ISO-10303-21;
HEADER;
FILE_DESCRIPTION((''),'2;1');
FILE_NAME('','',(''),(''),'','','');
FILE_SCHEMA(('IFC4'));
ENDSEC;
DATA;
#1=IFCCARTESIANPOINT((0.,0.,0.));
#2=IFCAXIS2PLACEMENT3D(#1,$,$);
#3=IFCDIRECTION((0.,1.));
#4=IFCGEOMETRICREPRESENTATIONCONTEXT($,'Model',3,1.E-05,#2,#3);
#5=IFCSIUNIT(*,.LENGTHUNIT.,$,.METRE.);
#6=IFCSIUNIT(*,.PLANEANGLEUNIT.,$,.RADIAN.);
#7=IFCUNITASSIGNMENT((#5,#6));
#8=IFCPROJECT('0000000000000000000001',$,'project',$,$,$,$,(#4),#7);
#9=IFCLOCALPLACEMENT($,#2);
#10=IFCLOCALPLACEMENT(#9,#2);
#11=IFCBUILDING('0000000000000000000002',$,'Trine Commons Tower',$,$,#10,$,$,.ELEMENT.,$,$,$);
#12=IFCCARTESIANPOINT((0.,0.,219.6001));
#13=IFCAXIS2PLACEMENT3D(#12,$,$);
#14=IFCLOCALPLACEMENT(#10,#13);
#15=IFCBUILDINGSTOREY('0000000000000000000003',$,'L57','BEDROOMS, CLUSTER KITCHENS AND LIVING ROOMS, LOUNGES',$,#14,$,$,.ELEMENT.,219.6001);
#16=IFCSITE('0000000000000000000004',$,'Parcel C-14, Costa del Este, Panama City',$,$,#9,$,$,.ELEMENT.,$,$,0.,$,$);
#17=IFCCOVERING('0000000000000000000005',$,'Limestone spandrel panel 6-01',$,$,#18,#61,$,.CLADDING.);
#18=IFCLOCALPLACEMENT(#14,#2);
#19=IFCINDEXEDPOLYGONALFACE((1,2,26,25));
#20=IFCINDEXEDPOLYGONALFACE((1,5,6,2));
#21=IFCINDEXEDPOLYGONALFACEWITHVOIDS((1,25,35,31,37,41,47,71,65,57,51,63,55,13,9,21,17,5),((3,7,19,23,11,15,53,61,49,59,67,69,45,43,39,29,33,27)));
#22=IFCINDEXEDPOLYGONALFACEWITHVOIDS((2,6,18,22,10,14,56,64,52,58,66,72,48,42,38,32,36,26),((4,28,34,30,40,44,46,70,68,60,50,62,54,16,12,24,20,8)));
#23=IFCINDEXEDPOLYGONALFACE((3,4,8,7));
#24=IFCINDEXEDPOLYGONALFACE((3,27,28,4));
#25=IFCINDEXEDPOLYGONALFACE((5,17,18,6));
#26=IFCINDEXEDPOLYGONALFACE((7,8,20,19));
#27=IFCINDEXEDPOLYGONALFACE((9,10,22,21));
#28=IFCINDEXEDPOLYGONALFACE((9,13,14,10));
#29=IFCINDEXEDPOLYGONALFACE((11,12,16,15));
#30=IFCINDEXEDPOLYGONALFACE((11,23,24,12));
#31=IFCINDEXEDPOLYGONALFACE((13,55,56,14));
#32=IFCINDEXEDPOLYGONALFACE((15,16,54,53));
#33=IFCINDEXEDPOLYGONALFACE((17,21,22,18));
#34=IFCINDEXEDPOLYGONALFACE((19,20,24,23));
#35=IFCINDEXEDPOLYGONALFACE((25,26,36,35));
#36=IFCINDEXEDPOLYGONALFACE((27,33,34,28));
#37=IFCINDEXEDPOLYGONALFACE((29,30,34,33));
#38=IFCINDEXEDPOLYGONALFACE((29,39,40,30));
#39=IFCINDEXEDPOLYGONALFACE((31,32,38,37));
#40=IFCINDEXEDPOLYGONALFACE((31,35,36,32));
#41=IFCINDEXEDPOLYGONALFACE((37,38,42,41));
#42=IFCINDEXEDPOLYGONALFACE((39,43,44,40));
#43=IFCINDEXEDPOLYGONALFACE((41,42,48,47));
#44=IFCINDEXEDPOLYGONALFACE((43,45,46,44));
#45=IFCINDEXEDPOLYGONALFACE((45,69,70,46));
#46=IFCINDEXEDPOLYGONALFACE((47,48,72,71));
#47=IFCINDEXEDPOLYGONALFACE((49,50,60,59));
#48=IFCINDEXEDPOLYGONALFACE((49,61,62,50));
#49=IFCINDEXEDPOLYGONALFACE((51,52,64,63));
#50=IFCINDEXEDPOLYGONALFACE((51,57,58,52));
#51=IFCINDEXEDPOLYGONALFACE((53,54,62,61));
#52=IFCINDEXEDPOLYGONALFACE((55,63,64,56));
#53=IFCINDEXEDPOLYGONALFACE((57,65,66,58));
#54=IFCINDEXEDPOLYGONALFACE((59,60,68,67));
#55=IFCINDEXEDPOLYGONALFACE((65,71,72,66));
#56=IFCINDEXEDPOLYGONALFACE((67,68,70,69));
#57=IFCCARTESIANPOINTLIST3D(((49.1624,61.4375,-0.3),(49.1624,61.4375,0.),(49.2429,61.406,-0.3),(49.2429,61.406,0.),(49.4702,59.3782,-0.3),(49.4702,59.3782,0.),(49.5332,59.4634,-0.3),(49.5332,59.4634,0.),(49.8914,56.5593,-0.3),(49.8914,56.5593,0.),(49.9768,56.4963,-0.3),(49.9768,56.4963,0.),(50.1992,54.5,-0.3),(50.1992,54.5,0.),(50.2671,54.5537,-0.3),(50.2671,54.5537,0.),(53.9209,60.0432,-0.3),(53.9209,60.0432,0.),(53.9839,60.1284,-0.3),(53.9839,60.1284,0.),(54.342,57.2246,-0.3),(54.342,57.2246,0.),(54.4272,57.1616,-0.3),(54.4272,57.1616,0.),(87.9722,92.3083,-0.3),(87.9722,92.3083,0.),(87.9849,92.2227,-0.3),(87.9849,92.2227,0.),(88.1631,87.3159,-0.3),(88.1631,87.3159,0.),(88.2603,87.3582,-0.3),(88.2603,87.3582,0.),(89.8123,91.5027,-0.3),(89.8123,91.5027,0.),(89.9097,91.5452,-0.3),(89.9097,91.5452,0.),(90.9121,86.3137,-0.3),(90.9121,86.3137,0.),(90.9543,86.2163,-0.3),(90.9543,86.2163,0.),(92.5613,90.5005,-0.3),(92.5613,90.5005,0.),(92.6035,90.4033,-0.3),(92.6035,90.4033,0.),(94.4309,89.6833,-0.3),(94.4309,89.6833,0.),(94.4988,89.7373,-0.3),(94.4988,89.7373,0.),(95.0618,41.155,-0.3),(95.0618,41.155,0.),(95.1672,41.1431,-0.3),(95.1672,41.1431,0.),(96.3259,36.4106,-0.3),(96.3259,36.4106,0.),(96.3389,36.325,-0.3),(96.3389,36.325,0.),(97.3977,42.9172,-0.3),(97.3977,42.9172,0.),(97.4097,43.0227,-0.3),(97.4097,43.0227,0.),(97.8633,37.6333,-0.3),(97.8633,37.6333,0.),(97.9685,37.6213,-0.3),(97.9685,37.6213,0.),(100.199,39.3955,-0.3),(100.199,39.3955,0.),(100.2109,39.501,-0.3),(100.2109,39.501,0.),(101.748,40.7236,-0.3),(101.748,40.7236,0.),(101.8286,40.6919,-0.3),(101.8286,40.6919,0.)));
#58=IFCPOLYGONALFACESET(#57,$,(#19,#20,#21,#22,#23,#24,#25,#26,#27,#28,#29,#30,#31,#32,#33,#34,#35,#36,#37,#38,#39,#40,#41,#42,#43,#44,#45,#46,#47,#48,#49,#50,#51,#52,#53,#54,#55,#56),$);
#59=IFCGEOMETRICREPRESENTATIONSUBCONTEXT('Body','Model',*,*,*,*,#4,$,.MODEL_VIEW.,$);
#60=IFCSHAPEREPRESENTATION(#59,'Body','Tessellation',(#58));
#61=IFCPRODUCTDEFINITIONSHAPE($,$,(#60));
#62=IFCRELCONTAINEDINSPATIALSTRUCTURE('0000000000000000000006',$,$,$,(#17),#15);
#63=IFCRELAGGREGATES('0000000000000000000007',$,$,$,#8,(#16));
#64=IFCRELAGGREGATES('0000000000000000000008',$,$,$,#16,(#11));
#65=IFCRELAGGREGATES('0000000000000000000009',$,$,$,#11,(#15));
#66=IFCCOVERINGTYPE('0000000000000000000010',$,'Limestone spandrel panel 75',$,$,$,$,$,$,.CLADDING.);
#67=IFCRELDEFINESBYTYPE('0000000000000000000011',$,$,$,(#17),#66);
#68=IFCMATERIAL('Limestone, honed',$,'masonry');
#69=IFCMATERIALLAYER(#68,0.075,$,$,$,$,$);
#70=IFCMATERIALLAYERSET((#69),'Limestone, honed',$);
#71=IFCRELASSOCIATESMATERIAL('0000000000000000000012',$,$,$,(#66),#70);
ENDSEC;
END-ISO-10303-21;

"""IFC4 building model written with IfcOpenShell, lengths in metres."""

from ifc_helpers import new_model, si_unit, direction, frame, origin, place, context, subcontext, project, spatial, polyline, outline, extrude, material, layer, layer_set, type_object, element, save


model = new_model("IFC4")

# Units and contexts
model_context = context("Model", 3, precision=1e-05, world=origin(), true_north=direction((0.0, 1.0)))
body_context = subcontext(model_context, "Body", "Model", "MODEL_VIEW")
ifc_project = project(units=[si_unit("LENGTHUNIT", "METRE"), si_unit("PLANEANGLEUNIT", "RADIAN")], contexts=[model_context])

# Site, building, storey
site_placement = place(None, origin())
site = spatial("IfcSite", under=ifc_project, at=site_placement, Name="Parcel C-14, Costa del Este, Panama City", CompositionType="ELEMENT", RefElevation=0.0)
building_placement = place(site_placement, origin())
building = spatial("IfcBuilding", under=site, at=building_placement, Name="Trine Commons Tower", CompositionType="ELEMENT")
storey_placement = place(building_placement, frame((0.0, 0.0, 219.6001)))
storey = spatial("IfcBuildingStorey", under=building, at=storey_placement, Name="L57", Description="BEDROOMS, CLUSTER KITCHENS AND LIVING ROOMS, LOUNGES", CompositionType="ELEMENT", Elevation=219.6001)

# Covering
ifc_material_1 = material(Name="Limestone, honed", Category="masonry")
ifc_layer_1 = layer(ifc_material_1, 0.075)
ifc_layer_set_1 = layer_set([ifc_layer_1], Name="Limestone, honed")
covering_type_1 = type_object("IfcCoveringType", Name="Limestone spandrel panel 75", PredefinedType="CLADDING", material=ifc_layer_set_1)
covering_1_placement = place(storey_placement, frame((0.0, 0.0, -0.3)))
element("IfcCovering", 1, at=covering_1_placement, inside=storey, type_object=covering_type_1, Name="Limestone spandrel panel 6-01", PredefinedType="CLADDING", context=body_context, shape_type="SweptSolid", body=[
    extrude(outline(polyline([(97.3977, 42.9172), (100.199, 39.3955), (101.8286, 40.6919), (94.4988, 89.7373), (92.5613, 90.5005), (90.9121, 86.3137), (88.2603, 87.3582), (89.9097, 91.5452), (87.9722, 92.3083), (49.1624, 61.4375), (49.4702, 59.3782), (53.9209, 60.0432), (54.342, 57.2246), (49.8914, 56.5593), (50.1992, 54.5), (96.3389, 36.325), (97.9685, 37.6213), (95.1672, 41.1431), (97.3977, 42.9172)]), holes=[polyline([(92.6035, 90.4033), (94.4309, 89.6833), (101.748, 40.7236), (100.2109, 39.501), (97.4097, 43.0227), (95.0618, 41.155), (97.8633, 37.6333), (96.3259, 36.4106), (50.2671, 54.5537), (49.9768, 56.4963), (54.4272, 57.1616), (53.9839, 60.1284), (49.5332, 59.4634), (49.2429, 61.406), (87.9849, 92.2227), (89.8123, 91.5027), (88.1631, 87.3159), (90.9543, 86.2163), (92.6035, 90.4033)])]), origin(), (0.0, 0.0, 1.0), 0.3),
])

save(model, "model.ifc")
